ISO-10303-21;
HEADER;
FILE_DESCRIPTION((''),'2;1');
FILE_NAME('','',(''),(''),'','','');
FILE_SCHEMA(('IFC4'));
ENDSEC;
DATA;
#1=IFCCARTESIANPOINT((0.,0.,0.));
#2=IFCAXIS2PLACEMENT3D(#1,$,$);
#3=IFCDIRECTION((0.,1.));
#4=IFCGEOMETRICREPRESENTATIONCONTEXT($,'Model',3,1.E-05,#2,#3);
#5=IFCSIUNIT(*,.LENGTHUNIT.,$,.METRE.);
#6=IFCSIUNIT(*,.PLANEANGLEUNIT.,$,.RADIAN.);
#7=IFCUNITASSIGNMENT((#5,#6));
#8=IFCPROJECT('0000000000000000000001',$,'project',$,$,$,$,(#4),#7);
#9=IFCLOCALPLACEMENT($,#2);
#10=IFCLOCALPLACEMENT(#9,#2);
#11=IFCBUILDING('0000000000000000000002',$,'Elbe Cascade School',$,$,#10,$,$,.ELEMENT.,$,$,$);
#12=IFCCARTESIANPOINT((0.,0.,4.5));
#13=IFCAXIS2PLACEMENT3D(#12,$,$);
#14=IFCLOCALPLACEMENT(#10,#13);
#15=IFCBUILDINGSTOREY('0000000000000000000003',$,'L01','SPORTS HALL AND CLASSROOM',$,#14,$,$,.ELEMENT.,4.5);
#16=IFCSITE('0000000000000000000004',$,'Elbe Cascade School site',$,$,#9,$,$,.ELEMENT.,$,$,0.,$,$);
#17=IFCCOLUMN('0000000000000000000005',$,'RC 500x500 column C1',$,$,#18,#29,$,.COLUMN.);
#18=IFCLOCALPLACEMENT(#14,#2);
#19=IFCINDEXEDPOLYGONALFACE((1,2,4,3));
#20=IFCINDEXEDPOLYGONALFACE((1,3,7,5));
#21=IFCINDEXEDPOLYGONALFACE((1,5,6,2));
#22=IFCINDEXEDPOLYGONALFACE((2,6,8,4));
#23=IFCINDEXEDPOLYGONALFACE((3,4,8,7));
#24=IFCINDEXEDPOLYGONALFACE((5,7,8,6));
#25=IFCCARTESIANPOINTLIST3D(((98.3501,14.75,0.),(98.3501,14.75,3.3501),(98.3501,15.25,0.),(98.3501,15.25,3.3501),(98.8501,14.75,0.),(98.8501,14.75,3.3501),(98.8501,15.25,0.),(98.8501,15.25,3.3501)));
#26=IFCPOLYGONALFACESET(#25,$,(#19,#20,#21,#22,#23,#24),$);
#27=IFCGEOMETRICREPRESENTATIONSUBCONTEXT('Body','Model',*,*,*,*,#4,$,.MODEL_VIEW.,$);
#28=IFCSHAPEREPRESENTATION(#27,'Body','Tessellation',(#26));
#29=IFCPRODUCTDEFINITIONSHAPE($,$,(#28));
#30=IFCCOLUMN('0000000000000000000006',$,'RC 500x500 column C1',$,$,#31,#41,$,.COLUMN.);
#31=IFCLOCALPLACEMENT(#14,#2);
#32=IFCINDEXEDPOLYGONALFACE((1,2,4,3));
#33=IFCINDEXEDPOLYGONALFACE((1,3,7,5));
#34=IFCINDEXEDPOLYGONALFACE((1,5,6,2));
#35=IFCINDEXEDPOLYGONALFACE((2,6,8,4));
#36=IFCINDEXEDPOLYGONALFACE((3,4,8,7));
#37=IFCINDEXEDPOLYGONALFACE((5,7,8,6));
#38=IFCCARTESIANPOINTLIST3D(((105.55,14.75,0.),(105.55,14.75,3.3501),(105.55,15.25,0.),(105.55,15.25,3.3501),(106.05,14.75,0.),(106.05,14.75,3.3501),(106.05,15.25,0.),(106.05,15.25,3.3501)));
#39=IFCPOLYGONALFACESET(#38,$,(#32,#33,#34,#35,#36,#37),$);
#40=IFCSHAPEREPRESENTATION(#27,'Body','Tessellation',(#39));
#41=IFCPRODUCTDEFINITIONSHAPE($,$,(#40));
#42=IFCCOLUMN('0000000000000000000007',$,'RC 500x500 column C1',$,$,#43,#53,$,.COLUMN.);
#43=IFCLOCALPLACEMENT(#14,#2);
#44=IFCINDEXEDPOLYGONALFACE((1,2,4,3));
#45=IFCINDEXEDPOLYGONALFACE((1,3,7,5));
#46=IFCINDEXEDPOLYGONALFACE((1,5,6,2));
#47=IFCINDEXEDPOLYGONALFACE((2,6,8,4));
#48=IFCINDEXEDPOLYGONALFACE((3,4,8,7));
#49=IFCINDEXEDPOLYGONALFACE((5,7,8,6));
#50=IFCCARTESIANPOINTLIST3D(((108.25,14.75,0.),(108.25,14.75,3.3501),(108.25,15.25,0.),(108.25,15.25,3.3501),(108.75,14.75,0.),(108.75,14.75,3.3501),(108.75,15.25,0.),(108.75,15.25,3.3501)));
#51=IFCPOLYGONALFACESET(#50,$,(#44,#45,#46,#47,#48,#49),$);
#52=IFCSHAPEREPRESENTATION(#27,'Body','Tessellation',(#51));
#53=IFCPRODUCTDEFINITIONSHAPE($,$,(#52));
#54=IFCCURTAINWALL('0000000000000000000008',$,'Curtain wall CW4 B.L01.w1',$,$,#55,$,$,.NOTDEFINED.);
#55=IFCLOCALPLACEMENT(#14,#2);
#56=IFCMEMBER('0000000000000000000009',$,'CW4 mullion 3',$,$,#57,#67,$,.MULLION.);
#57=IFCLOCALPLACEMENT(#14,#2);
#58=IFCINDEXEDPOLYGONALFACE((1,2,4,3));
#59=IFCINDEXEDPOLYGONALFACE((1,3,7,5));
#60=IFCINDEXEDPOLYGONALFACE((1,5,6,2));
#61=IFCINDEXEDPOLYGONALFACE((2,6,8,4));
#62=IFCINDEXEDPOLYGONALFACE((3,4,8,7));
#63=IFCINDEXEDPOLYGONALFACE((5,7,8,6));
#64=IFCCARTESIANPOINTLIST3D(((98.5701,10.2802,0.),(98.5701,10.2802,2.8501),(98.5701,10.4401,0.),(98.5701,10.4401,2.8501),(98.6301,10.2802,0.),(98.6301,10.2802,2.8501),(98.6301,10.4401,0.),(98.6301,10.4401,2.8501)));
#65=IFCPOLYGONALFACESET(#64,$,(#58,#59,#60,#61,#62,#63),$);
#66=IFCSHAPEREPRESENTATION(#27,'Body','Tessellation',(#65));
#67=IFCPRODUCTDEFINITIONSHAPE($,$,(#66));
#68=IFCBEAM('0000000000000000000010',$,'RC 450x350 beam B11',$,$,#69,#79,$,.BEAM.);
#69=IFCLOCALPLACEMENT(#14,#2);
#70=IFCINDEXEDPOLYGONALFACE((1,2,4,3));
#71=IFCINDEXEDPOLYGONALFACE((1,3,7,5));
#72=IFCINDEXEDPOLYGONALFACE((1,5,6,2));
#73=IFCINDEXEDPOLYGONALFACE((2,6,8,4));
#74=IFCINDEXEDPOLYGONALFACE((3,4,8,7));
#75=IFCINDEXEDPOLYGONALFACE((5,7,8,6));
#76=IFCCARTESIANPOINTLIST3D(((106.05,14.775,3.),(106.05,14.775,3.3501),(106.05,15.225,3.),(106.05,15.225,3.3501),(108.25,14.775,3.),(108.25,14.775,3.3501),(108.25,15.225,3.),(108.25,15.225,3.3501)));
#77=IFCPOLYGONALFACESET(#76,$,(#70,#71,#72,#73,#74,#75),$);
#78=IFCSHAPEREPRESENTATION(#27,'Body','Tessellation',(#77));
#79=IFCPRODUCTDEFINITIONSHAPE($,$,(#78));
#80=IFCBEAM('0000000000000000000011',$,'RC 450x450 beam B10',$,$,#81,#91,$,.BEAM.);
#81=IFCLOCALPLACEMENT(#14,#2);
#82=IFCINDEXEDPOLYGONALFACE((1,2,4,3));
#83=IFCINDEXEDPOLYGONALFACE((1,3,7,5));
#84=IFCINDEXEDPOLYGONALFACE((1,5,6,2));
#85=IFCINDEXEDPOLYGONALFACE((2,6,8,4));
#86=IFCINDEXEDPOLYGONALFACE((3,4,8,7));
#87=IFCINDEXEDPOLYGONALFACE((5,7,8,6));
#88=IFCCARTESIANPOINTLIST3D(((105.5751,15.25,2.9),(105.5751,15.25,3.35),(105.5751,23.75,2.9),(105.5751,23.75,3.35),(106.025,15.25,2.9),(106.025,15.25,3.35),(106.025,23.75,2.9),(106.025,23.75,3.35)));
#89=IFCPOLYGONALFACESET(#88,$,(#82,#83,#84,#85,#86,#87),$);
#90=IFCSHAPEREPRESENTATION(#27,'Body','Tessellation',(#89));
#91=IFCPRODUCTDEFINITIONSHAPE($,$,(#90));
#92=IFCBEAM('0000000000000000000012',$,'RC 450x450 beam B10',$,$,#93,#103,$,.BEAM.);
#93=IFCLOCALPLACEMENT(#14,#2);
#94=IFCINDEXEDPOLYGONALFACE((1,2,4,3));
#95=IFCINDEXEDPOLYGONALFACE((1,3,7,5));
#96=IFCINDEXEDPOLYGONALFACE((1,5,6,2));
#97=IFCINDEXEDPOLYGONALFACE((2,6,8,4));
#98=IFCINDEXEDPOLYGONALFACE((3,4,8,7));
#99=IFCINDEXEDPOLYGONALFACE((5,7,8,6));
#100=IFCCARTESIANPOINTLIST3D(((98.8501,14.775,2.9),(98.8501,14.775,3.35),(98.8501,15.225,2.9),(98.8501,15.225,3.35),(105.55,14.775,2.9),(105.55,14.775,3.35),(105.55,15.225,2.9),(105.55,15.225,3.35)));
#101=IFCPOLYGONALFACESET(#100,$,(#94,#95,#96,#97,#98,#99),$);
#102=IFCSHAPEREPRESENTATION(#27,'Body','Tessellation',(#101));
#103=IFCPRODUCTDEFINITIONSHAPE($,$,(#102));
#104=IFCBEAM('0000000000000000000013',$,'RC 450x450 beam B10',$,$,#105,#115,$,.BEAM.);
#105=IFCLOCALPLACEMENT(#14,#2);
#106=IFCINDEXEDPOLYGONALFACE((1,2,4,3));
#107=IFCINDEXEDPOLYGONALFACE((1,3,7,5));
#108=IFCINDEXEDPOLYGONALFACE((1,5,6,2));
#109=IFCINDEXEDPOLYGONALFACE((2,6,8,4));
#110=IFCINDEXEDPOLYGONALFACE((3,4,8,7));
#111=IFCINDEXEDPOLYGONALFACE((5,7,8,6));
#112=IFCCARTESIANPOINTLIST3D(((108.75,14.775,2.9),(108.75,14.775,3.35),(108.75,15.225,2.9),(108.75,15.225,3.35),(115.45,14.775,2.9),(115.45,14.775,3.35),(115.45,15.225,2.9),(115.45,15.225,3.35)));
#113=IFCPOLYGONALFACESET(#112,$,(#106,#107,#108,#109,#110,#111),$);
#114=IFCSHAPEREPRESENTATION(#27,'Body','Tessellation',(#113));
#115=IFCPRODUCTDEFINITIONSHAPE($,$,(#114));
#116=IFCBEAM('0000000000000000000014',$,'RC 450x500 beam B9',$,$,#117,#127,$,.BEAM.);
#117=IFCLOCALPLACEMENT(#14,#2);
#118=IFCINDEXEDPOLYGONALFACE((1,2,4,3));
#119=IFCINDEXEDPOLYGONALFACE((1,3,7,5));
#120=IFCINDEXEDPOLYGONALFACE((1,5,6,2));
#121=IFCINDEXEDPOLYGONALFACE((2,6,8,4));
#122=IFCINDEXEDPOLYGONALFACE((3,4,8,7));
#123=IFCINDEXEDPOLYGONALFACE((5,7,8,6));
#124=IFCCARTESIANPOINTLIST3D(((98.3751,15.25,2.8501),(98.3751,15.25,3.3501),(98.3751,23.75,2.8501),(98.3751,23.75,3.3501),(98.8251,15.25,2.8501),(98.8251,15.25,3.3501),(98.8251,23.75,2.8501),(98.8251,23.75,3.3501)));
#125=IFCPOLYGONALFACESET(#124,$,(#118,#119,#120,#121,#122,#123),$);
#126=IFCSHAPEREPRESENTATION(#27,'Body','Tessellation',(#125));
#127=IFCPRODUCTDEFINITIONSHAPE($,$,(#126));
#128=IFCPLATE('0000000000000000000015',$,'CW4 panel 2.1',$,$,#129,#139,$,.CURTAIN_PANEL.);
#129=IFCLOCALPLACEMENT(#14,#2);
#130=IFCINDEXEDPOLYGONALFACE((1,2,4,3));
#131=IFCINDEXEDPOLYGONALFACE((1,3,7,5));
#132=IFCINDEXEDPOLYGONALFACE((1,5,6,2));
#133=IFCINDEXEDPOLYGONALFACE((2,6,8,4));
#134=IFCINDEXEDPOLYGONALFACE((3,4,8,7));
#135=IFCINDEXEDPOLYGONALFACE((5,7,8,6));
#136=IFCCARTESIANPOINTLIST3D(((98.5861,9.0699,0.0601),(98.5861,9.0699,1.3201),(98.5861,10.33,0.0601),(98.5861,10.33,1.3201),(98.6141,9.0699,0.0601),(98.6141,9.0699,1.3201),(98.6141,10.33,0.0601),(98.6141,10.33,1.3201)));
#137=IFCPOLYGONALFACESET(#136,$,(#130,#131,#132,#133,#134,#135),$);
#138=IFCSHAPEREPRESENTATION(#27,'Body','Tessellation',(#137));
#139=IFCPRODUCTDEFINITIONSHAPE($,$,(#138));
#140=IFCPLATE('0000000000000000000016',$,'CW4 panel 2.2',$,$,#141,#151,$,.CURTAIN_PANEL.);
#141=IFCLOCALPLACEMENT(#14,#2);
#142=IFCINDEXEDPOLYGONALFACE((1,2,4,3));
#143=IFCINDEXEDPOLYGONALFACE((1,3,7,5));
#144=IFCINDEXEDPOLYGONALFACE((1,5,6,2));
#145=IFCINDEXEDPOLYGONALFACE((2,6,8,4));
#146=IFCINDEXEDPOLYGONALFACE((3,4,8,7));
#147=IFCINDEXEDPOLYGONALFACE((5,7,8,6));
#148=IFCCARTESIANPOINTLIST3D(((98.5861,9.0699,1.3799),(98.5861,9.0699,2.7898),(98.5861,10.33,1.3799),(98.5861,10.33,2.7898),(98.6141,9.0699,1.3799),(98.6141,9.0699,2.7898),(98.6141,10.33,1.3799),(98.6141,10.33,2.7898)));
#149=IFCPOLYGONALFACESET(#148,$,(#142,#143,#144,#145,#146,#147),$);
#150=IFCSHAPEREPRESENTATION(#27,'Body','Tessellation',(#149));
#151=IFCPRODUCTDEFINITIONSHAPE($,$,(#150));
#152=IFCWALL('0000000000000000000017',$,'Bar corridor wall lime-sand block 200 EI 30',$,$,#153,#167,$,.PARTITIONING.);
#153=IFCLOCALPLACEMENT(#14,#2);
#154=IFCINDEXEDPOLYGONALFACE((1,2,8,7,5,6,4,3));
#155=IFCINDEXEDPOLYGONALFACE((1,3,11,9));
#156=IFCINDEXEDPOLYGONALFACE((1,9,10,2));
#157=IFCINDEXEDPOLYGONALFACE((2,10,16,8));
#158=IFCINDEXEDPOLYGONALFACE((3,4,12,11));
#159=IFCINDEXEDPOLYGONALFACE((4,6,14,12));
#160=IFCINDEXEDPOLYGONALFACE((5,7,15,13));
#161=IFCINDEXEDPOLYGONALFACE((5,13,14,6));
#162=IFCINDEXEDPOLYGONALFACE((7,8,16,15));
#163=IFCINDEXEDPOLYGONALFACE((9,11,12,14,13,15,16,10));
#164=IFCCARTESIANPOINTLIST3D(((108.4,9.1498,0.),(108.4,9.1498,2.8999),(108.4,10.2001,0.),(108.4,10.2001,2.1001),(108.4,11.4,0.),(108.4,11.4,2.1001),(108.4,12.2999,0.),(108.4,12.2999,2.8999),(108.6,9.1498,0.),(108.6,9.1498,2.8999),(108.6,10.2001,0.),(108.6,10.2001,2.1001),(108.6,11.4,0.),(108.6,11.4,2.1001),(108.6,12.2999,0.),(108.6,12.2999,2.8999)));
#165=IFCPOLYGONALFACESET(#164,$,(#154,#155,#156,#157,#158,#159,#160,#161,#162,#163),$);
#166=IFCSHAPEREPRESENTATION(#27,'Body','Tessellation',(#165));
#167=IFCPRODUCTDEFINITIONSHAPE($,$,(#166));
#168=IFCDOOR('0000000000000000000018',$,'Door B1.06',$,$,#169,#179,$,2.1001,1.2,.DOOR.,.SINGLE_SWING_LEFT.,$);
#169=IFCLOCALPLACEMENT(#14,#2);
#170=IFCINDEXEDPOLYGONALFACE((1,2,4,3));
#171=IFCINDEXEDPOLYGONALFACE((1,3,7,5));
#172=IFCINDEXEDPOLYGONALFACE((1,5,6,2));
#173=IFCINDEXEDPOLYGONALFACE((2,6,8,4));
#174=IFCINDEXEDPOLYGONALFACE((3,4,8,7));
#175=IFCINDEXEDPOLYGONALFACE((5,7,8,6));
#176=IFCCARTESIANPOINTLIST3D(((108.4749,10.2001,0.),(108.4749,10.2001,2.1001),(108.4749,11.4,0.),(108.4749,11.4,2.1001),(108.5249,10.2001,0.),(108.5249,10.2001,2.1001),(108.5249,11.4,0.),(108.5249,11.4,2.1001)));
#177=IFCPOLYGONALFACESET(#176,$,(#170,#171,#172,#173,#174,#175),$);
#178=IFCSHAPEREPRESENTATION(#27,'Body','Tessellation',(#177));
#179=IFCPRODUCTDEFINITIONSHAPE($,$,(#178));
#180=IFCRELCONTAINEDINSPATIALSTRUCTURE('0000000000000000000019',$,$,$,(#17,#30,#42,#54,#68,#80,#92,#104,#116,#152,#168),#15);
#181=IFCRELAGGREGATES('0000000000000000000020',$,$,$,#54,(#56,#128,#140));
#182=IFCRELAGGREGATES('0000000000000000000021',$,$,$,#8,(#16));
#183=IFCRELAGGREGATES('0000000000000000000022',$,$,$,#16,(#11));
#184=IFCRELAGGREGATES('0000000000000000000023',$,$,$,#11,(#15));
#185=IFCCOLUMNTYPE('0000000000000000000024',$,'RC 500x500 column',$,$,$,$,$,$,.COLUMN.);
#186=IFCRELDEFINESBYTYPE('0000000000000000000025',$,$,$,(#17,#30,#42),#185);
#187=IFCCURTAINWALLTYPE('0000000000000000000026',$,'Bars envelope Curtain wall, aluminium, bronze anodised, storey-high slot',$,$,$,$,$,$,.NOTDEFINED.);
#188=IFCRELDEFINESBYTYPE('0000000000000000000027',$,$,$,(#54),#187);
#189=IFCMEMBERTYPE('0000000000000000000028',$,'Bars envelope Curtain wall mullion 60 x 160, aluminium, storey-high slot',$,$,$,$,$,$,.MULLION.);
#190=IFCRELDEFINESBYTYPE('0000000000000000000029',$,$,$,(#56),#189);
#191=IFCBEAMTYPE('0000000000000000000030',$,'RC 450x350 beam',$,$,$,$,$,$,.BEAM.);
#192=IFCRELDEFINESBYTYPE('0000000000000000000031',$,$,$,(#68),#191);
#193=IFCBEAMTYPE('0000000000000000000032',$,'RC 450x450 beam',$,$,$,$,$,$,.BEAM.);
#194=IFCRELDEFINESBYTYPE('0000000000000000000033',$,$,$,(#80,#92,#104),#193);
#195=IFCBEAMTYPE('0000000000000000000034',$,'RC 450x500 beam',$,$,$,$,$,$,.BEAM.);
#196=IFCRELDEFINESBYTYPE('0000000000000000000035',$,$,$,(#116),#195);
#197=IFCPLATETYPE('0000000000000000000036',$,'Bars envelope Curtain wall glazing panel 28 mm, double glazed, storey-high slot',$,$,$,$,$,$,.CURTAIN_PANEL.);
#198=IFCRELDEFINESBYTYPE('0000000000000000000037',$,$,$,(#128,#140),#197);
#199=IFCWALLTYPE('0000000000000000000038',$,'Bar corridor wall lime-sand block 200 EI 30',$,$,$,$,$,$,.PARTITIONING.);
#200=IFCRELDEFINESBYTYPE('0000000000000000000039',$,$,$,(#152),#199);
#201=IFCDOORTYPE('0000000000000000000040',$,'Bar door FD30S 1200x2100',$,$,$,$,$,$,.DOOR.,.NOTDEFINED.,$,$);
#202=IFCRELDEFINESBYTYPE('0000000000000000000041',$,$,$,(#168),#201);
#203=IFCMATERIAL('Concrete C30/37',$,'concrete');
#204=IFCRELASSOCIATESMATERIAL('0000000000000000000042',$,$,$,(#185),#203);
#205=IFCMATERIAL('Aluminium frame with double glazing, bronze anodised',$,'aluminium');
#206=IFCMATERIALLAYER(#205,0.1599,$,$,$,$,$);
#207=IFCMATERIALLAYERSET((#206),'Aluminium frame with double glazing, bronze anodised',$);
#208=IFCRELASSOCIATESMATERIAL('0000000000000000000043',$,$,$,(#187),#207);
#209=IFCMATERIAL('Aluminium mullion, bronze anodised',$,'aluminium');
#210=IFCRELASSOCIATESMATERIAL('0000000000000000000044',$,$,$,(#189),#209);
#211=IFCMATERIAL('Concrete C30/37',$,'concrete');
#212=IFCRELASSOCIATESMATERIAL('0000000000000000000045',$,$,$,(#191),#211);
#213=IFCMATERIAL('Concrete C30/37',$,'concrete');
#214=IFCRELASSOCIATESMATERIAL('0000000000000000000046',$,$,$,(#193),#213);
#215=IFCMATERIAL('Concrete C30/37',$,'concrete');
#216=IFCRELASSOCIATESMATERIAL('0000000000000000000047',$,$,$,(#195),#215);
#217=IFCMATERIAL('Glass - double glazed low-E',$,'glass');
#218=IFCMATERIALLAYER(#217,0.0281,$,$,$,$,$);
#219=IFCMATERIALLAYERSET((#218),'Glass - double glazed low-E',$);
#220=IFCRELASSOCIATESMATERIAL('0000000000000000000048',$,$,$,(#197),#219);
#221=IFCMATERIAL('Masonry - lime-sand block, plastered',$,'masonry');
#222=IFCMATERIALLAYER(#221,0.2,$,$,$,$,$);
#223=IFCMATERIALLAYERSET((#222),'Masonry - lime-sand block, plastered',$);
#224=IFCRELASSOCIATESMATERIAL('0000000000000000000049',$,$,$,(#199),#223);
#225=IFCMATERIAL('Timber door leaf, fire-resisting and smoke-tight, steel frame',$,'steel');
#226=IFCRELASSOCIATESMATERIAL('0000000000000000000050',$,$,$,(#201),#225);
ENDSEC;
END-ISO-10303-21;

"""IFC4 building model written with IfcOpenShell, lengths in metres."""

from ifc_helpers import new_model, si_unit, direction, frame, frame_2d, origin, origin_2d, place, context, subcontext, project, spatial, rectangle, extrude, material, layer, layer_set, material_profile, profile_set, type_object, element, fill, aggregate, save


model = new_model("IFC4")

# Units and contexts
model_context = context("Model", 3, precision=1e-05, world=origin(), true_north=direction((0.0, 1.0)))
body_context = subcontext(model_context, "Body", "Model", "MODEL_VIEW")
ifc_project = project(units=[si_unit("LENGTHUNIT", "METRE"), si_unit("PLANEANGLEUNIT", "RADIAN")], contexts=[model_context])

# Site, building, storey
site_placement = place(None, origin())
site = spatial("IfcSite", under=ifc_project, at=site_placement, Name="Elbe Cascade School site", CompositionType="ELEMENT", RefElevation=0.0)
building_placement = place(site_placement, origin())
building = spatial("IfcBuilding", under=site, at=building_placement, Name="Elbe Cascade School", CompositionType="ELEMENT")
storey_placement = place(building_placement, frame((0.0, 0.0, 4.5)))
storey = spatial("IfcBuildingStorey", under=building, at=storey_placement, Name="L01", Description="SPORTS HALL AND CLASSROOM", CompositionType="ELEMENT", Elevation=4.5)

# Columns
ifc_material_1 = material(Name="Concrete C30/37", Category="concrete")
ifc_material_profile_1 = material_profile(ifc_material_1, rectangle(XDim=0.5, YDim=0.5, at=origin_2d()), Name="RC 500x500")
ifc_profile_set_1 = profile_set([ifc_material_profile_1], Name="Concrete C30/37")
column_type = type_object("IfcColumnType", Name="RC 500x500 column", PredefinedType="COLUMN", material=ifc_profile_set_1)
for number, where, z_axis, x_axis, name in (
    (1, (98.6001, 15.0, 0.0), (0.0, 0.0, 1.0), (1.0, 0.0, 0.0), "RC 500x500 column C1"),
    (2, (105.8, 15.0, 0.0), (0.0, 0.0, 1.0), (1.0, 0.0, 0.0), "RC 500x500 column C1"),
    (3, (108.5, 15.0, 0.0), (0.0, 0.0, 1.0), (1.0, 0.0, 0.0), "RC 500x500 column C1"),
):
    element("IfcColumn", number, at=place(storey_placement, frame(where, z_axis=z_axis, x_axis=x_axis)), inside=storey, type_object=column_type, Name=name, PredefinedType="COLUMN", context=body_context, shape_type="SweptSolid", body=[
        extrude(rectangle(XDim=0.5, YDim=0.5, at=origin_2d()), origin(), (0.0, 0.0, 1.0), 3.3501),
    ])

# Curtain wall, member
ifc_material_2 = material(Name="Aluminium frame with double glazing, bronze anodised", Category="aluminium")
ifc_layer_1 = layer(ifc_material_2, 0.1599)
ifc_layer_set_1 = layer_set([ifc_layer_1], Name="Aluminium frame with double glazing, bronze anodised")
curtain_wall_type = type_object("IfcCurtainWallType", Name="Bars envelope Curtain wall, aluminium, bronze anodised, storey-high slot", PredefinedType="NOTDEFINED", material=ifc_layer_set_1)
curtain_wall_placement = place(storey_placement, origin())
curtain_wall = element("IfcCurtainWall", 4, at=curtain_wall_placement, inside=storey, type_object=curtain_wall_type, Name="Curtain wall CW4 B.L01.w1", PredefinedType="NOTDEFINED")
ifc_material_3 = material(Name="Aluminium mullion, bronze anodised", Category="aluminium")
ifc_material_profile_2 = material_profile(ifc_material_3, rectangle(XDim=0.0601, YDim=0.1599, at=origin_2d()), Name="Bars envelope Curtain wall mullion 60 x 160, aluminium, storey-high slot")
ifc_profile_set_2 = profile_set([ifc_material_profile_2], Name="Aluminium mullion, bronze anodised")
member_type = type_object("IfcMemberType", Name="Bars envelope Curtain wall mullion 60 x 160, aluminium, storey-high slot", PredefinedType="MULLION", material=ifc_profile_set_2)
member_placement = place(storey_placement, frame((98.6001, 10.3601, 0.0), z_axis=(0.0, 0.0, 1.0), x_axis=(-1.0, 0.0, 0.0)))
member = element("IfcMember", 5, at=member_placement, type_object=member_type, Name="CW4 mullion 3", PredefinedType="MULLION", context=body_context, shape_type="SweptSolid", body=[
    extrude(rectangle(XDim=0.0601, YDim=0.1599, at=origin_2d()), origin(), (0.0, 0.0, 1.0), 2.8501),
])

# Beams
ifc_material_4 = material(Name="Concrete C30/37", Category="concrete")
ifc_material_profile_3 = material_profile(ifc_material_4, rectangle(XDim=0.45, YDim=0.3501, at=origin_2d()), Name="RC 450x350")
ifc_profile_set_3 = profile_set([ifc_material_profile_3], Name="Concrete C30/37")
beam_type_1 = type_object("IfcBeamType", Name="RC 450x350 beam", PredefinedType="BEAM", material=ifc_profile_set_3)
beam_1_placement = place(storey_placement, frame((106.05, 15.0, 3.175), z_axis=(1.0, 0.0, 0.0), x_axis=(0.0, 1.0, 0.0)))
element("IfcBeam", 6, at=beam_1_placement, inside=storey, type_object=beam_type_1, Name="RC 450x350 beam B11", PredefinedType="BEAM", context=body_context, shape_type="SweptSolid", body=[
    extrude(rectangle(XDim=0.45, YDim=0.3501, at=origin_2d()), origin(), (0.0, 0.0, 1.0), 2.2),
])
ifc_material_5 = material(Name="Concrete C30/37", Category="concrete")
ifc_material_profile_4 = material_profile(ifc_material_5, rectangle(XDim=0.45, YDim=0.45, at=origin_2d()), Name="RC 450x450")
ifc_profile_set_4 = profile_set([ifc_material_profile_4], Name="Concrete C30/37")
beam_type_2 = type_object("IfcBeamType", Name="RC 450x450 beam", PredefinedType="BEAM", material=ifc_profile_set_4)
beam_2_placement = place(storey_placement, frame((105.8, 15.25, 3.125), z_axis=(0.0, 1.0, 0.0), x_axis=(-1.0, 0.0, 0.0)))
element("IfcBeam", 7, at=beam_2_placement, inside=storey, type_object=beam_type_2, Name="RC 450x450 beam B10", PredefinedType="BEAM", context=body_context, shape_type="SweptSolid", body=[
    extrude(rectangle(XDim=0.45, YDim=0.45, at=origin_2d()), origin(), (0.0, 0.0, 1.0), 8.5),
])
for number, where, z_axis, x_axis, name in (
    (8, (98.8501, 15.0, 3.125), (1.0, 0.0, 0.0), (0.0, 1.0, 0.0), "RC 450x450 beam B10"),
    (9, (108.75, 15.0, 3.125), (1.0, 0.0, 0.0), (0.0, 1.0, 0.0), "RC 450x450 beam B10"),
):
    element("IfcBeam", number, at=place(storey_placement, frame(where, z_axis=z_axis, x_axis=x_axis)), inside=storey, type_object=beam_type_2, Name=name, PredefinedType="BEAM", context=body_context, shape_type="SweptSolid", body=[
        extrude(rectangle(XDim=0.45, YDim=0.45, at=origin_2d()), origin(), (0.0, 0.0, 1.0), 6.7),
    ])
ifc_material_6 = material(Name="Concrete C30/37", Category="concrete")
ifc_material_profile_5 = material_profile(ifc_material_6, rectangle(XDim=0.45, YDim=0.5, at=origin_2d()), Name="RC 450x500")
ifc_profile_set_5 = profile_set([ifc_material_profile_5], Name="Concrete C30/37")
beam_type_3 = type_object("IfcBeamType", Name="RC 450x500 beam", PredefinedType="BEAM", material=ifc_profile_set_5)
beam_3_placement = place(storey_placement, frame((98.6001, 15.25, 3.1001), z_axis=(0.0, 1.0, 0.0), x_axis=(-1.0, 0.0, 0.0)))
element("IfcBeam", 10, at=beam_3_placement, inside=storey, type_object=beam_type_3, Name="RC 450x500 beam B9", PredefinedType="BEAM", context=body_context, shape_type="SweptSolid", body=[
    extrude(rectangle(XDim=0.45, YDim=0.5, at=origin_2d()), origin(), (0.0, 0.0, 1.0), 8.5),
])

# Plates
ifc_material_7 = material(Name="Glass - double glazed low-E", Category="glass")
ifc_layer_2 = layer(ifc_material_7, 0.0281)
ifc_layer_set_2 = layer_set([ifc_layer_2], Name="Glass - double glazed low-E")
plate_type = type_object("IfcPlateType", Name="Bars envelope Curtain wall glazing panel 28 mm, double glazed, storey-high slot", PredefinedType="CURTAIN_PANEL", material=ifc_layer_set_2)
plate_1_placement = place(storey_placement, frame((98.6001, 9.7, 0.0601), z_axis=(0.0, 0.0, 1.0), x_axis=(0.0, 1.0, 0.0)))
plate_1 = element("IfcPlate", 11, at=plate_1_placement, type_object=plate_type, Name="CW4 panel 2.1", PredefinedType="CURTAIN_PANEL", context=body_context, shape_type="SweptSolid", body=[
    extrude(rectangle(XDim=1.26, YDim=0.0281, at=origin_2d()), origin(), (0.0, 0.0, 1.0), 1.26),
])
plate_2_placement = place(storey_placement, frame((98.6001, 9.7, 1.3799), z_axis=(0.0, 0.0, 1.0), x_axis=(0.0, 1.0, 0.0)))
plate_2 = element("IfcPlate", 12, at=plate_2_placement, type_object=plate_type, Name="CW4 panel 2.2", PredefinedType="CURTAIN_PANEL", context=body_context, shape_type="SweptSolid", body=[
    extrude(rectangle(XDim=1.26, YDim=0.0281, at=origin_2d()), origin(), (0.0, 0.0, 1.0), 1.4099),
])
aggregate(curtain_wall, [member, plate_1, plate_2])

# Wall, opening, door
ifc_material_8 = material(Name="Masonry - lime-sand block, plastered", Category="masonry")
ifc_layer_3 = layer(ifc_material_8, 0.2)
ifc_layer_set_3 = layer_set([ifc_layer_3], Name="Masonry - lime-sand block, plastered")
wall_type_1 = type_object("IfcWallType", Name="Bar corridor wall lime-sand block 200 EI 30", PredefinedType="PARTITIONING", material=ifc_layer_set_3)
wall_1_placement = place(storey_placement, frame((108.5, 12.3, 0.0), z_axis=(0.0, 0.0, 1.0), x_axis=(0.0, -1.0, 0.0)))
wall_1 = element("IfcWall", 13, at=wall_1_placement, inside=storey, type_object=wall_type_1, Name="Bar corridor wall lime-sand block 200 EI 30", PredefinedType="PARTITIONING", context=body_context, shape_type="SweptSolid", body=[
    extrude(rectangle(XDim=3.1501, YDim=0.2, at=frame_2d((1.5752, 0.0))), origin(), (0.0, 0.0, 1.0), 2.8999),
])
opening_1_placement = place(wall_1_placement, frame((0.8999, 0.0, 0.0)))
opening_1 = element("IfcOpeningElement", 14, at=opening_1_placement, cuts=wall_1, PredefinedType="OPENING", context=body_context, shape_type="SweptSolid", body=[
    extrude(rectangle(XDim=1.2, YDim=2.1001, at=frame_2d((0.6001, 1.05))), frame((0.0, 0.1099, 0.0), z_axis=(0.0, -1.0, 0.0), x_axis=(1.0, 0.0, 0.0)), (0.0, 0.0, 1.0), 0.22),
])
ifc_material_9 = material(Name="Timber door leaf, fire-resisting and smoke-tight, steel frame", Category="steel")
door_type_1 = type_object("IfcDoorType", Name="Bar door FD30S 1200x2100", OperationType="NOTDEFINED", PredefinedType="DOOR", material=ifc_material_9)
door_1_placement = place(opening_1_placement, origin())
door_1 = element("IfcDoor", 15, at=door_1_placement, inside=storey, type_object=door_type_1, Name="Door B1.06", OperationType="SINGLE_SWING_LEFT", OverallHeight=2.1001, OverallWidth=1.2, PredefinedType="DOOR", context=body_context, shape_type="SweptSolid", body=[
    extrude(rectangle(XDim=1.2, YDim=2.1001, at=frame_2d((0.6001, 1.05))), frame((0.0, 0.0249, 0.0), z_axis=(0.0, -1.0, 0.0), x_axis=(1.0, 0.0, 0.0)), (0.0, 0.0, 1.0), 0.05),
])
fill(opening_1, door_1)

save(model, "model.ifc")
